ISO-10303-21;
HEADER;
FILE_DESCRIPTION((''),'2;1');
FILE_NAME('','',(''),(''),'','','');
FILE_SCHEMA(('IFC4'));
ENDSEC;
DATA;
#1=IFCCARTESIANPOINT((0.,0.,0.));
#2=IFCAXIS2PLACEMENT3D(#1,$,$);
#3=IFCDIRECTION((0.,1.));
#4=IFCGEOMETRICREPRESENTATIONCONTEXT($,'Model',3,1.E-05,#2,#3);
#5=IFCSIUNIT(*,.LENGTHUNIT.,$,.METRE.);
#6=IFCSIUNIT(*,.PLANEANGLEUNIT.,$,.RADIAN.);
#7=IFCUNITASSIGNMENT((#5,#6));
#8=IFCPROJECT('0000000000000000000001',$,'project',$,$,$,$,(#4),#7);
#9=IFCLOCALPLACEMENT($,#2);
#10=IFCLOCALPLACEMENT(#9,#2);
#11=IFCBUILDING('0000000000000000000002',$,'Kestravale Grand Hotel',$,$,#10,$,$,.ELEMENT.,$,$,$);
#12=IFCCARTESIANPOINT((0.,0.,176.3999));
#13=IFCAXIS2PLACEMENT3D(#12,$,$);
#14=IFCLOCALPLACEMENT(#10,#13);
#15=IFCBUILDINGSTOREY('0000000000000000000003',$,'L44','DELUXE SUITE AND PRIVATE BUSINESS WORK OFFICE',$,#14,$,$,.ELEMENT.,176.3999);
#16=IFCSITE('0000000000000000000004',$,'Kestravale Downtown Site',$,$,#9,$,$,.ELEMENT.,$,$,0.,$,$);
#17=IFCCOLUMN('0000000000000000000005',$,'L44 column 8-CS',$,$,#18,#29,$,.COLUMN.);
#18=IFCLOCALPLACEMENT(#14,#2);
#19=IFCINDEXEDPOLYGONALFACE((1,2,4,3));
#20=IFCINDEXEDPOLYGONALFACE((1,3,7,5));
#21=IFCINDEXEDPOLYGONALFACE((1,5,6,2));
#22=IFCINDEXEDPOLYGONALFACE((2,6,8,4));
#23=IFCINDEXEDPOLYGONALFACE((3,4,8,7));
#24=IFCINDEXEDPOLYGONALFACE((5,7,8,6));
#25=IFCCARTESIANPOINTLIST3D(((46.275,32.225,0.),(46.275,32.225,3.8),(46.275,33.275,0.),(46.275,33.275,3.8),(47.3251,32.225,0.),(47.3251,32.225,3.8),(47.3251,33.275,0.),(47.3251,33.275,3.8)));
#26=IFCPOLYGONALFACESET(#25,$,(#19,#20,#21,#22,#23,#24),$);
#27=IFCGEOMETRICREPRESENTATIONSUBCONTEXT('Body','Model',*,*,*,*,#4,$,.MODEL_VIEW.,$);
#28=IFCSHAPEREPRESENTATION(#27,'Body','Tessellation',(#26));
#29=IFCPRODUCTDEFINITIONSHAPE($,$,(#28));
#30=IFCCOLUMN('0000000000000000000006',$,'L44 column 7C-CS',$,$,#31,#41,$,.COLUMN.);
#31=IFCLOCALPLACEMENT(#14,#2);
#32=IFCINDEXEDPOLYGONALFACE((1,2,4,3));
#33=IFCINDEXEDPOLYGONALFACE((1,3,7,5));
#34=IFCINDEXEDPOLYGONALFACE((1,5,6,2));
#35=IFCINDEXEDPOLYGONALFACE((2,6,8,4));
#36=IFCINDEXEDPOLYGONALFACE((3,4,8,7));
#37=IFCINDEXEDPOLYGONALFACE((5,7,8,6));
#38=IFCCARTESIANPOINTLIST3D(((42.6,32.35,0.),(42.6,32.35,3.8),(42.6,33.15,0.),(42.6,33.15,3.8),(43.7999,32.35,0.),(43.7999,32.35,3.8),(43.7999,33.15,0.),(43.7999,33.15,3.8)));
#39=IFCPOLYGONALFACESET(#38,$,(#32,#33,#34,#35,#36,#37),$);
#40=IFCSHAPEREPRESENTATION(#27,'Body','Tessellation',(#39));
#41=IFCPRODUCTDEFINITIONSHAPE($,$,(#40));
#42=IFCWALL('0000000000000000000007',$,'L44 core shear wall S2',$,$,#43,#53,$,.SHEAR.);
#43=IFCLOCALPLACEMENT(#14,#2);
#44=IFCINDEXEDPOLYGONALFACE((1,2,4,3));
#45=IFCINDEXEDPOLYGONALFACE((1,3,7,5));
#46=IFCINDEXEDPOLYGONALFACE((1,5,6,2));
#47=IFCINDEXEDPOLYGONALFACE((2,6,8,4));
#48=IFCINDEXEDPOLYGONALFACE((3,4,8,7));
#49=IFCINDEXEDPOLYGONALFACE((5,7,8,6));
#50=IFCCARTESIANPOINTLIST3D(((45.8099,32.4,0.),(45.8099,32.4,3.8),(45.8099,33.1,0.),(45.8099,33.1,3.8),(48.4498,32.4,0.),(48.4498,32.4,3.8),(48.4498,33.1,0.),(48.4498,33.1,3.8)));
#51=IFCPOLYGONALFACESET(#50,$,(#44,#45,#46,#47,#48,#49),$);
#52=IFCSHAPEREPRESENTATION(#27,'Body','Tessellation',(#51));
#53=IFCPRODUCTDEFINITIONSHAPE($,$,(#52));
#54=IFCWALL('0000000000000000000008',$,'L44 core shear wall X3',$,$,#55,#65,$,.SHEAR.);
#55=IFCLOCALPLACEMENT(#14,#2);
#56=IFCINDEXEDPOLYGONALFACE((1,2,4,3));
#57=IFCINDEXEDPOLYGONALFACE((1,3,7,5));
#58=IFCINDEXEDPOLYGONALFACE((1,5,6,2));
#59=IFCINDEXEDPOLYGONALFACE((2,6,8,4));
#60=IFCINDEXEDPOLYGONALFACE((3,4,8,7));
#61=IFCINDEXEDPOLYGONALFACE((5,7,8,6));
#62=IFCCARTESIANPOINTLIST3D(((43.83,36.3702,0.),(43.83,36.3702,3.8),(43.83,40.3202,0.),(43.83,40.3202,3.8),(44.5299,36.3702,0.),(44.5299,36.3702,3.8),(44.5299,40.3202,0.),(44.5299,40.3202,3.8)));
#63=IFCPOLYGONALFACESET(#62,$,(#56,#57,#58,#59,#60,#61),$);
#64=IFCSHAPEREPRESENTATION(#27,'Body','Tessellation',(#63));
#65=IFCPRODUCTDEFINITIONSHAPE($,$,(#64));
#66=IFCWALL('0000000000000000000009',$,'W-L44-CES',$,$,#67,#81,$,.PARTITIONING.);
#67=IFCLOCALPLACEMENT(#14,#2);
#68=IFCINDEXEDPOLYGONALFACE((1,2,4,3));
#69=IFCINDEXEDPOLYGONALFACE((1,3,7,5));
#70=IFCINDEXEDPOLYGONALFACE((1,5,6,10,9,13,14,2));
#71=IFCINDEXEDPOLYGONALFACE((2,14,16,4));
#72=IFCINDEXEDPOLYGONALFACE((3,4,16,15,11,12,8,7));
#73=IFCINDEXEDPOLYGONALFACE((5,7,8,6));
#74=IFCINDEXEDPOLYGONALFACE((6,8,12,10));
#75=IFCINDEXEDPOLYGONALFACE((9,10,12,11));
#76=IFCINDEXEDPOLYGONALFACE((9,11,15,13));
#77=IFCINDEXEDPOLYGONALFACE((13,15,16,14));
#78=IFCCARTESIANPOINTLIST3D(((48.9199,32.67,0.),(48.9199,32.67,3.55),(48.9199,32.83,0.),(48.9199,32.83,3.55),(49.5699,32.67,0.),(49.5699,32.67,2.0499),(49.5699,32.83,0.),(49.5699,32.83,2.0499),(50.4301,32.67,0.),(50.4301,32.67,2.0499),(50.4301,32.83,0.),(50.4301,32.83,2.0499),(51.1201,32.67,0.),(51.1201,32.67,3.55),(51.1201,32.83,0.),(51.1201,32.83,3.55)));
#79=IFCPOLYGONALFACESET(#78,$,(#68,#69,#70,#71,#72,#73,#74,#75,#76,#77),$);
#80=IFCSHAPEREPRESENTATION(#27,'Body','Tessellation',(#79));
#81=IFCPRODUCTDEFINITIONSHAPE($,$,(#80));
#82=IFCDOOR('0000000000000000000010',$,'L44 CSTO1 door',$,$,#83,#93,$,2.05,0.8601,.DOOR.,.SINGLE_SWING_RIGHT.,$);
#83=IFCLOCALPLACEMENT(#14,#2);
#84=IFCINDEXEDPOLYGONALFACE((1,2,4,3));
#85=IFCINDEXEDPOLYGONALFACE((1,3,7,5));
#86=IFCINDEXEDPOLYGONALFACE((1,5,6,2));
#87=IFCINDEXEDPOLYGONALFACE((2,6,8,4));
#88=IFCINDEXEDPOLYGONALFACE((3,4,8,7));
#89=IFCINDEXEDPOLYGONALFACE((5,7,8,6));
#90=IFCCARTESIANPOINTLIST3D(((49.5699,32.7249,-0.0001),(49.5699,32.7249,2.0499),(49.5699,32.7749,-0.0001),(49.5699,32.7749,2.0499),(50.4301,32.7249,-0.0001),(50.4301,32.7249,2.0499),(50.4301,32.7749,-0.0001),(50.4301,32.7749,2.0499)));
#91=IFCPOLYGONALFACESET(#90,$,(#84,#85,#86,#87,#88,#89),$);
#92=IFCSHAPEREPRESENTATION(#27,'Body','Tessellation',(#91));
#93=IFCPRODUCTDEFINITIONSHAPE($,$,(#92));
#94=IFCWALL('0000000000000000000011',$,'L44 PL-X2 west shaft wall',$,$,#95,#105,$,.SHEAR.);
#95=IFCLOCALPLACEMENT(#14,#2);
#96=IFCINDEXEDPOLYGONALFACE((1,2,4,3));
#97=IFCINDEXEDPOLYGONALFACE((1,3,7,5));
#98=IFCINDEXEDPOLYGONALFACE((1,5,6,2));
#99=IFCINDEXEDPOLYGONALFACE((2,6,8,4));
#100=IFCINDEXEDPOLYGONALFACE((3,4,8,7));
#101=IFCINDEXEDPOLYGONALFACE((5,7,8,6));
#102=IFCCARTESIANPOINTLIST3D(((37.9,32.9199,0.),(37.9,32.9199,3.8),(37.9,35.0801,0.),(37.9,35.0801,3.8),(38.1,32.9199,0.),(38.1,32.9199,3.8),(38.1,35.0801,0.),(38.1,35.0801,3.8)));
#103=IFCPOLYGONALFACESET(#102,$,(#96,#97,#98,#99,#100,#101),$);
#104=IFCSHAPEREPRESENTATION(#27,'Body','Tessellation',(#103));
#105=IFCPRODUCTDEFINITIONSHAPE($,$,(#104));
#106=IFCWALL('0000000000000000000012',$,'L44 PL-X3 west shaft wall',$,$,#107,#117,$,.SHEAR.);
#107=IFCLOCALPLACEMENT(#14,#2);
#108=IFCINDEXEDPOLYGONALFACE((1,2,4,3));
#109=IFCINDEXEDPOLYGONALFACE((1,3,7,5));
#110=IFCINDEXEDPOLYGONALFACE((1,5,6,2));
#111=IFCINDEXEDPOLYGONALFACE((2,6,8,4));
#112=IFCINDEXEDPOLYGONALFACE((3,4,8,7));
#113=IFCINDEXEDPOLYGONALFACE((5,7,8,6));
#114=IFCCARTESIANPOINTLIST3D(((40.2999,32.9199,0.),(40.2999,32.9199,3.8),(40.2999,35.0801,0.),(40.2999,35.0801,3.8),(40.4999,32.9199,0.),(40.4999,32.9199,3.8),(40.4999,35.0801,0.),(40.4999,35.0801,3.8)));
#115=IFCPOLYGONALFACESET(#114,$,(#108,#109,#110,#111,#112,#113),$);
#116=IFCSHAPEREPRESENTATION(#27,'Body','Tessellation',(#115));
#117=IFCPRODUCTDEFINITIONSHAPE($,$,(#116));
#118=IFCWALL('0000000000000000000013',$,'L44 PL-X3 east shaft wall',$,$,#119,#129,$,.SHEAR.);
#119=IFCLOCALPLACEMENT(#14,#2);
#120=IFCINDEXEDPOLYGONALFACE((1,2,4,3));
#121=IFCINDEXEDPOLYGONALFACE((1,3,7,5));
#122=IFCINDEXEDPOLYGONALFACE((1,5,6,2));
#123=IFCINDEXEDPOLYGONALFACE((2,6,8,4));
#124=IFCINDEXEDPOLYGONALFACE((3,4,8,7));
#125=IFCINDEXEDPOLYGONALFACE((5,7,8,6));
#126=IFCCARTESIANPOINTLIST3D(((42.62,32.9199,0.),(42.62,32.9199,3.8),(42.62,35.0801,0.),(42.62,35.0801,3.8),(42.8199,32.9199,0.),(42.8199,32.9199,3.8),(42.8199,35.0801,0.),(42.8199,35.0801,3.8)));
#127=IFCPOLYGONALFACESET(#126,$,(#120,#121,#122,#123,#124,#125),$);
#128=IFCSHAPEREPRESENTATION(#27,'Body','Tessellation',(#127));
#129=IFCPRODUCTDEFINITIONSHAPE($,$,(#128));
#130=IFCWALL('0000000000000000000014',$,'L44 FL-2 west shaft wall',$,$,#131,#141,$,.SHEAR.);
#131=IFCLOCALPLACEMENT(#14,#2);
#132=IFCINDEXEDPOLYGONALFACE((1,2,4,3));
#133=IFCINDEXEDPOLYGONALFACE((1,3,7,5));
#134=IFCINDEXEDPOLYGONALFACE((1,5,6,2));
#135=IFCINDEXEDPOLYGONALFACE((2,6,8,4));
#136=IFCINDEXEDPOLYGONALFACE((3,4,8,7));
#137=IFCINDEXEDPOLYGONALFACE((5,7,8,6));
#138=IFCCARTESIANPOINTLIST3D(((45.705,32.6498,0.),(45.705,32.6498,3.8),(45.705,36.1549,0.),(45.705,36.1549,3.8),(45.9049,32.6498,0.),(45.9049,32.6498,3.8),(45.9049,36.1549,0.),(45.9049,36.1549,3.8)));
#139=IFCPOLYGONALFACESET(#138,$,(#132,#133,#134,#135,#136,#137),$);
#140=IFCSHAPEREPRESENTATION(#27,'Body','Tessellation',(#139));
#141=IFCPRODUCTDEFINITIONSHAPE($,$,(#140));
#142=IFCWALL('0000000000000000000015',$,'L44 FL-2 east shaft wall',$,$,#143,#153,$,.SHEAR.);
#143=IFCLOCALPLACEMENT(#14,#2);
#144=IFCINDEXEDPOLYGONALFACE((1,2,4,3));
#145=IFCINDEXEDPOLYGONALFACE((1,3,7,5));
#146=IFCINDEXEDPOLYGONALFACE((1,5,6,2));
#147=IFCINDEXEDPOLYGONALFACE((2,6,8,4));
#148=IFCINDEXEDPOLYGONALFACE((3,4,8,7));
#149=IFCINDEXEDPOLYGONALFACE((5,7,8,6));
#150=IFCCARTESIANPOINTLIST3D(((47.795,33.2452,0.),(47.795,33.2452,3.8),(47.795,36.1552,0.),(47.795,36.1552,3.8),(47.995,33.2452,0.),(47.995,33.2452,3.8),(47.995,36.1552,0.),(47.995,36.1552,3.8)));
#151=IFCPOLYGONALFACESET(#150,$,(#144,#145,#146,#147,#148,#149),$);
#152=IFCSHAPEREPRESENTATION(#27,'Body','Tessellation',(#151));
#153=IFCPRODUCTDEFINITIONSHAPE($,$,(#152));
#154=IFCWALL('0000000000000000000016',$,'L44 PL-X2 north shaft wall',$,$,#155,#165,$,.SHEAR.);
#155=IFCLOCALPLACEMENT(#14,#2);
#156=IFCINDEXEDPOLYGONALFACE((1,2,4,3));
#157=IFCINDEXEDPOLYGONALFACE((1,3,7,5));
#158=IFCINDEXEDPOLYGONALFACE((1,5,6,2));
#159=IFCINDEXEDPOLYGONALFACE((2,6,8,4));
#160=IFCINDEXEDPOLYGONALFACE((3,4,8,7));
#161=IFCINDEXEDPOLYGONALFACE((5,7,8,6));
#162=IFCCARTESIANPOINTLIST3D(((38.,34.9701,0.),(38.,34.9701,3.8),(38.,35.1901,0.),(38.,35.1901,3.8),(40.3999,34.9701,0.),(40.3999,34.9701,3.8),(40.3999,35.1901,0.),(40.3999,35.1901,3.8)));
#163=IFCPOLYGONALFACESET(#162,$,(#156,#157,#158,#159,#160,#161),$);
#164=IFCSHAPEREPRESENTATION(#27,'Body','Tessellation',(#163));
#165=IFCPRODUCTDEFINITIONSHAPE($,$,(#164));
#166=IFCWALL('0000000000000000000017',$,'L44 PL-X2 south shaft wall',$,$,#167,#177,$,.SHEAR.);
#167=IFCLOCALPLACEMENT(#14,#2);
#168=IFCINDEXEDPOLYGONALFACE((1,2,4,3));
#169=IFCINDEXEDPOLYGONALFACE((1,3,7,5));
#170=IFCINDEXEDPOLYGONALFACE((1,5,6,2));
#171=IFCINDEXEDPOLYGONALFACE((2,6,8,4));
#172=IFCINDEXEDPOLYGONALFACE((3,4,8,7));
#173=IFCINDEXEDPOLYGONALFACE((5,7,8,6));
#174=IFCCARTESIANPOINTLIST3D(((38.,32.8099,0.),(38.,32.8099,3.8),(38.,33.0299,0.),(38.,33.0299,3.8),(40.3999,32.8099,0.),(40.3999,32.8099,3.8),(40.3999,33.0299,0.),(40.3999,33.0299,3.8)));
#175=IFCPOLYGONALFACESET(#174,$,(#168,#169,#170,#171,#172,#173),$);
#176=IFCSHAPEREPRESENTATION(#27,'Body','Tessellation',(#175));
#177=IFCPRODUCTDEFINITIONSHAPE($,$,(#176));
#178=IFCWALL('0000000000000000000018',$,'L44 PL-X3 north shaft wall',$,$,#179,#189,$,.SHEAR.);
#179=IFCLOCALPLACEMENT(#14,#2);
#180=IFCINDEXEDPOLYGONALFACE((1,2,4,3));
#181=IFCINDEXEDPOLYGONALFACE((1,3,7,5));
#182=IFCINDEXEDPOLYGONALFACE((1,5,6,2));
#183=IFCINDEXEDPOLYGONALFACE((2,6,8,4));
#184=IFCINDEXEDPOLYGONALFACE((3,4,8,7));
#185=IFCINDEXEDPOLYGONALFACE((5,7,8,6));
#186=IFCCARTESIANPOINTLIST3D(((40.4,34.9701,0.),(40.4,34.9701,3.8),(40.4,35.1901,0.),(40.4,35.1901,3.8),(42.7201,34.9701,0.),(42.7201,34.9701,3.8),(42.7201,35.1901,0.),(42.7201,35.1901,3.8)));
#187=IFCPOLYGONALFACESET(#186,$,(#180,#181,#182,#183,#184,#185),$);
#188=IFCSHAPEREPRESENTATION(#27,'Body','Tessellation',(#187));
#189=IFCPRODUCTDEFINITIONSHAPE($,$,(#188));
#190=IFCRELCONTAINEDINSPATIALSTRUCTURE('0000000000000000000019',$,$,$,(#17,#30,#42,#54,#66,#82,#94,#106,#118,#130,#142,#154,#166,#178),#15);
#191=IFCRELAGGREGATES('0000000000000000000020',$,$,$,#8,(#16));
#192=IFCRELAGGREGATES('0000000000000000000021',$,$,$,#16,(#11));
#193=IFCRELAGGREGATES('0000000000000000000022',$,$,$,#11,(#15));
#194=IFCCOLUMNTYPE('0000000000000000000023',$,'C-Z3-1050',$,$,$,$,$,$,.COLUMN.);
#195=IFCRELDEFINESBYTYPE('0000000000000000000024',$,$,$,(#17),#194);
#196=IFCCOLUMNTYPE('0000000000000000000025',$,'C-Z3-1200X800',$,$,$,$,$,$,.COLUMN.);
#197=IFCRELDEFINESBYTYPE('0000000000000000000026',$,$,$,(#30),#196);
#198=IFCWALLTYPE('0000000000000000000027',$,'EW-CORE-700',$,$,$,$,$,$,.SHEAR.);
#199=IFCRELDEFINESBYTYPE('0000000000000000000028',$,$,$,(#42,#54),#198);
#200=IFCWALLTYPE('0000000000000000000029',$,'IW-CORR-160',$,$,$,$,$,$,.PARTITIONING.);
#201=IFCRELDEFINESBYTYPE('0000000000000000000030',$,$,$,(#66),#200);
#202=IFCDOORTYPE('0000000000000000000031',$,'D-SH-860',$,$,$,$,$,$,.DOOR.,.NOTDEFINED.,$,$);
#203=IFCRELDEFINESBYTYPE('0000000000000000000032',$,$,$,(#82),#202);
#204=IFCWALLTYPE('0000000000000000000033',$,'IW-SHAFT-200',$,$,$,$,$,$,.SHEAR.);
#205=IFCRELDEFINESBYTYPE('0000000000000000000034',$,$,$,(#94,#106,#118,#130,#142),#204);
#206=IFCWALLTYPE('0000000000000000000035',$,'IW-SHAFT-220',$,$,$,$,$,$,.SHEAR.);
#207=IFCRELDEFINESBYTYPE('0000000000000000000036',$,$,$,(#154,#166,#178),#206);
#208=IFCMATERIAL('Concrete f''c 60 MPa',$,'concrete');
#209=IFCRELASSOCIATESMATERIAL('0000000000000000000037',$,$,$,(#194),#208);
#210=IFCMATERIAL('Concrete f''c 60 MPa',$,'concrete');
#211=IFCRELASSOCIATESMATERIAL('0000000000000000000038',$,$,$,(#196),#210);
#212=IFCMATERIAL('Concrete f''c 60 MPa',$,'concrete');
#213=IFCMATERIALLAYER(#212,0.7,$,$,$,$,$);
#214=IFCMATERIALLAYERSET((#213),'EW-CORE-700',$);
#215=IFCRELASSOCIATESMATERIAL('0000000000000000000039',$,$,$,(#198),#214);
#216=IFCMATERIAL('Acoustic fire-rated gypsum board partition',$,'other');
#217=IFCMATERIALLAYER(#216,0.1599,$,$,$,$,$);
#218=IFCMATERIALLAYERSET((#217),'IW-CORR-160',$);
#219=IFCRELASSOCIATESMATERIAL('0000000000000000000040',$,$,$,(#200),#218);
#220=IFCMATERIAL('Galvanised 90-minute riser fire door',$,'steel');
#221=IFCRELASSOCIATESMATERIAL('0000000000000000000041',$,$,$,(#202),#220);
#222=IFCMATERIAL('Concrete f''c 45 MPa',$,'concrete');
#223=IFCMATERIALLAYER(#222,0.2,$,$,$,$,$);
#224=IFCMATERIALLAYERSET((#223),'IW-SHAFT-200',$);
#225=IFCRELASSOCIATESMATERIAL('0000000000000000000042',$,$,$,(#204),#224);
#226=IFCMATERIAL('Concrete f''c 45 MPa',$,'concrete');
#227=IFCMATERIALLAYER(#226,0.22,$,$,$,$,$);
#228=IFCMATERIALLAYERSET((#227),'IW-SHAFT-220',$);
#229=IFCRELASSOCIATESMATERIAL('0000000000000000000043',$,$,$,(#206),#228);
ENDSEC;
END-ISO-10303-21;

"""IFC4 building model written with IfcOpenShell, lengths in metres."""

from ifc_helpers import new_model, si_unit, direction, frame, frame_2d, origin, origin_2d, place, context, subcontext, project, spatial, rectangle, extrude, material, layer, layer_set, material_profile, profile_set, type_object, element, fill, save


model = new_model("IFC4")

# Units and contexts
model_context = context("Model", 3, precision=1e-05, world=origin(), true_north=direction((0.0, 1.0)))
body_context = subcontext(model_context, "Body", "Model", "MODEL_VIEW")
ifc_project = project(units=[si_unit("LENGTHUNIT", "METRE"), si_unit("PLANEANGLEUNIT", "RADIAN")], contexts=[model_context])

# Site, building, storey
site_placement = place(None, origin())
site = spatial("IfcSite", under=ifc_project, at=site_placement, Name="Kestravale Downtown Site", CompositionType="ELEMENT", RefElevation=0.0)
building_placement = place(site_placement, origin())
building = spatial("IfcBuilding", under=site, at=building_placement, Name="Kestravale Grand Hotel", CompositionType="ELEMENT")
storey_placement = place(building_placement, frame((0.0, 0.0, 176.3999)))
storey = spatial("IfcBuildingStorey", under=building, at=storey_placement, Name="L44", Description="DELUXE SUITE AND PRIVATE BUSINESS WORK OFFICE", CompositionType="ELEMENT", Elevation=176.3999)

# Columns
ifc_material_1 = material(Name="Concrete f'c 60 MPa", Category="concrete")
ifc_material_profile_1 = material_profile(ifc_material_1, rectangle(XDim=1.05, YDim=1.05, at=origin_2d()))
ifc_profile_set_1 = profile_set([ifc_material_profile_1], Name="Concrete f'c 60 MPa")
column_type_1 = type_object("IfcColumnType", Name="C-Z3-1050", PredefinedType="COLUMN", material=ifc_profile_set_1)
column_1_placement = place(storey_placement, frame((46.8, 32.75, 0.0), z_axis=(0.0, 0.0, 1.0), x_axis=(1.0, 0.0, 0.0)))
element("IfcColumn", 1, at=column_1_placement, inside=storey, type_object=column_type_1, Name="L44 column 8-CS", PredefinedType="COLUMN", context=body_context, shape_type="SweptSolid", body=[
    extrude(rectangle(XDim=1.05, YDim=1.05, at=origin_2d()), origin(), (0.0, 0.0, 1.0), 3.8),
])
ifc_material_2 = material(Name="Concrete f'c 60 MPa", Category="concrete")
ifc_material_profile_2 = material_profile(ifc_material_2, rectangle(XDim=1.2, YDim=0.8, at=origin_2d()))
ifc_profile_set_2 = profile_set([ifc_material_profile_2], Name="Concrete f'c 60 MPa")
column_type_2 = type_object("IfcColumnType", Name="C-Z3-1200X800", PredefinedType="COLUMN", material=ifc_profile_set_2)
column_2_placement = place(storey_placement, frame((43.2, 32.75, 0.0), z_axis=(0.0, 0.0, 1.0), x_axis=(1.0, 0.0, 0.0)))
element("IfcColumn", 2, at=column_2_placement, inside=storey, type_object=column_type_2, Name="L44 column 7C-CS", PredefinedType="COLUMN", context=body_context, shape_type="SweptSolid", body=[
    extrude(rectangle(XDim=1.2, YDim=0.8, at=origin_2d()), origin(), (0.0, 0.0, 1.0), 3.8),
])

# Walls
ifc_material_3 = material(Name="Concrete f'c 60 MPa", Category="concrete")
ifc_layer_1 = layer(ifc_material_3, 0.7)
ifc_layer_set_1 = layer_set([ifc_layer_1], Name="EW-CORE-700")
wall_type_1 = type_object("IfcWallType", Name="EW-CORE-700", PredefinedType="SHEAR", material=ifc_layer_set_1)
wall_1_placement = place(storey_placement, frame((45.8101, 32.75, 0.0), z_axis=(0.0, 0.0, 1.0), x_axis=(1.0, 0.0, 0.0)))
element("IfcWall", 3, at=wall_1_placement, inside=storey, type_object=wall_type_1, Name="L44 core shear wall S2", PredefinedType="SHEAR", context=body_context, shape_type="SweptSolid", body=[
    extrude(rectangle(XDim=2.6399, YDim=0.7, at=frame_2d((1.3198, 0.0))), origin(), (0.0, 0.0, 1.0), 3.8),
])
wall_2_placement = place(storey_placement, frame((44.1799, 36.3701, 0.0), z_axis=(0.0, 0.0, 1.0), x_axis=(0.0, 1.0, 0.0)))
element("IfcWall", 4, at=wall_2_placement, inside=storey, type_object=wall_type_1, Name="L44 core shear wall X3", PredefinedType="SHEAR", context=body_context, shape_type="SweptSolid", body=[
    extrude(rectangle(XDim=3.95, YDim=0.7, at=frame_2d((1.9751, 0.0))), origin(), (0.0, 0.0, 1.0), 3.8),
])

# Wall, opening, door
ifc_material_4 = material(Name="Acoustic fire-rated gypsum board partition", Category="other")
ifc_layer_2 = layer(ifc_material_4, 0.1599)
ifc_layer_set_2 = layer_set([ifc_layer_2], Name="IW-CORR-160")
wall_type_2 = type_object("IfcWallType", Name="IW-CORR-160", PredefinedType="PARTITIONING", material=ifc_layer_set_2)
wall_3_placement = place(storey_placement, frame((48.9199, 32.75, 0.0), z_axis=(0.0, 0.0, 1.0), x_axis=(1.0, 0.0, 0.0)))
wall_3 = element("IfcWall", 5, at=wall_3_placement, inside=storey, type_object=wall_type_2, Name="W-L44-CES", PredefinedType="PARTITIONING", context=body_context, shape_type="SweptSolid", body=[
    extrude(rectangle(XDim=2.2002, YDim=0.1599, at=frame_2d((1.1001, 0.0))), origin(), (0.0, 0.0, 1.0), 3.55),
])
opening_1_placement = place(wall_3_placement, frame((0.6499, 0.0, 0.0)))
opening_1 = element("IfcOpeningElement", 6, at=opening_1_placement, cuts=wall_3, PredefinedType="OPENING", context=body_context, shape_type="SweptSolid", body=[
    extrude(rectangle(XDim=0.8601, YDim=2.05, at=frame_2d((0.4302, 1.0249))), frame((0.0, 0.0898, 0.0), z_axis=(0.0, -1.0, 0.0), x_axis=(1.0, 0.0, 0.0)), (0.0, 0.0, 1.0), 0.1799),
])
ifc_material_5 = material(Name="Galvanised 90-minute riser fire door", Category="steel")
door_type_1 = type_object("IfcDoorType", Name="D-SH-860", OperationType="NOTDEFINED", PredefinedType="DOOR", material=ifc_material_5)
door_1_placement = place(opening_1_placement, origin())
door_1 = element("IfcDoor", 7, at=door_1_placement, inside=storey, type_object=door_type_1, Name="L44 CSTO1 door", OperationType="SINGLE_SWING_RIGHT", OverallHeight=2.05, OverallWidth=0.8601, PredefinedType="DOOR", context=body_context, shape_type="SweptSolid", body=[
    extrude(rectangle(XDim=0.8601, YDim=2.05, at=frame_2d((0.4302, 1.0249))), frame((0.0, 0.0249, 0.0), z_axis=(0.0, -1.0, 0.0), x_axis=(1.0, 0.0, 0.0)), (0.0, 0.0, 1.0), 0.05),
])
fill(opening_1, door_1)

# Walls
ifc_material_6 = material(Name="Concrete f'c 45 MPa", Category="concrete")
ifc_layer_3 = layer(ifc_material_6, 0.2)
ifc_layer_set_3 = layer_set([ifc_layer_3], Name="IW-SHAFT-200")
wall_type_3 = type_object("IfcWallType", Name="IW-SHAFT-200", PredefinedType="SHEAR", material=ifc_layer_set_3)
for number, where, z_axis, x_axis, name in (
    (8, (38.0, 32.9199, 0.0), (0.0, 0.0, 1.0), (0.0, 1.0, 0.0), "L44 PL-X2 west shaft wall"),
    (9, (40.3999, 32.9199, 0.0), (0.0, 0.0, 1.0), (0.0, 1.0, 0.0), "L44 PL-X3 west shaft wall"),
    (10, (42.72, 32.9199, 0.0), (0.0, 0.0, 1.0), (0.0, 1.0, 0.0), "L44 PL-X3 east shaft wall"),
):
    element("IfcWall", number, at=place(storey_placement, frame(where, z_axis=z_axis, x_axis=x_axis)), inside=storey, type_object=wall_type_3, Name=name, PredefinedType="SHEAR", context=body_context, shape_type="SweptSolid", body=[
        extrude(rectangle(XDim=2.1602, YDim=0.2, at=frame_2d((1.0801, 0.0))), origin(), (0.0, 0.0, 1.0), 3.8),
    ])
wall_4_placement = place(storey_placement, frame((45.8049, 32.6499, 0.0), z_axis=(0.0, 0.0, 1.0), x_axis=(0.0, 1.0, 0.0)))
element("IfcWall", 11, at=wall_4_placement, inside=storey, type_object=wall_type_3, Name="L44 FL-2 west shaft wall", PredefinedType="SHEAR", context=body_context, shape_type="SweptSolid", body=[
    extrude(rectangle(XDim=3.5051, YDim=0.2, at=frame_2d((1.7524, 0.0))), origin(), (0.0, 0.0, 1.0), 3.8),
])
wall_5_placement = place(storey_placement, frame((47.895, 33.2451, 0.0), z_axis=(0.0, 0.0, 1.0), x_axis=(0.0, 1.0, 0.0)))
element("IfcWall", 12, at=wall_5_placement, inside=storey, type_object=wall_type_3, Name="L44 FL-2 east shaft wall", PredefinedType="SHEAR", context=body_context, shape_type="SweptSolid", body=[
    extrude(rectangle(XDim=2.9099, YDim=0.2, at=frame_2d((1.4551, 0.0))), origin(), (0.0, 0.0, 1.0), 3.8),
])

# Shared definitions
ifc_material_7 = material(Name="Concrete f'c 45 MPa", Category="concrete")
ifc_layer_4 = layer(ifc_material_7, 0.22)
ifc_layer_set_4 = layer_set([ifc_layer_4], Name="IW-SHAFT-220")
wall_type_4 = type_object("IfcWallType", Name="IW-SHAFT-220", PredefinedType="SHEAR", material=ifc_layer_set_4)

# Walls
for number, where, z_axis, x_axis, name in (
    (13, (38.0, 35.0801, 0.0), (0.0, 0.0, 1.0), (1.0, 0.0, 0.0), "L44 PL-X2 north shaft wall"),
    (14, (38.0, 32.9199, 0.0), (0.0, 0.0, 1.0), (1.0, 0.0, 0.0), "L44 PL-X2 south shaft wall"),
):
    element("IfcWall", number, at=place(storey_placement, frame(where, z_axis=z_axis, x_axis=x_axis)), inside=storey, type_object=wall_type_4, Name=name, PredefinedType="SHEAR", context=body_context, shape_type="SweptSolid", body=[
        extrude(rectangle(XDim=2.3999, YDim=0.22, at=frame_2d((1.2, 0.0))), origin(), (0.0, 0.0, 1.0), 3.8),
    ])
for number, where, z_axis, x_axis, name in (
    (15, (40.3999, 35.0801, 0.0), (0.0, 0.0, 1.0), (1.0, 0.0, 0.0), "L44 PL-X3 north shaft wall"),
):
    element("IfcWall", number, at=place(storey_placement, frame(where, z_axis=z_axis, x_axis=x_axis)), inside=storey, type_object=wall_type_4, Name=name, PredefinedType="SHEAR", context=body_context, shape_type="SweptSolid", body=[
        extrude(rectangle(XDim=2.3201, YDim=0.22, at=frame_2d((1.1602, 0.0))), origin(), (0.0, 0.0, 1.0), 3.8),
    ])

save(model, "model.ifc")
